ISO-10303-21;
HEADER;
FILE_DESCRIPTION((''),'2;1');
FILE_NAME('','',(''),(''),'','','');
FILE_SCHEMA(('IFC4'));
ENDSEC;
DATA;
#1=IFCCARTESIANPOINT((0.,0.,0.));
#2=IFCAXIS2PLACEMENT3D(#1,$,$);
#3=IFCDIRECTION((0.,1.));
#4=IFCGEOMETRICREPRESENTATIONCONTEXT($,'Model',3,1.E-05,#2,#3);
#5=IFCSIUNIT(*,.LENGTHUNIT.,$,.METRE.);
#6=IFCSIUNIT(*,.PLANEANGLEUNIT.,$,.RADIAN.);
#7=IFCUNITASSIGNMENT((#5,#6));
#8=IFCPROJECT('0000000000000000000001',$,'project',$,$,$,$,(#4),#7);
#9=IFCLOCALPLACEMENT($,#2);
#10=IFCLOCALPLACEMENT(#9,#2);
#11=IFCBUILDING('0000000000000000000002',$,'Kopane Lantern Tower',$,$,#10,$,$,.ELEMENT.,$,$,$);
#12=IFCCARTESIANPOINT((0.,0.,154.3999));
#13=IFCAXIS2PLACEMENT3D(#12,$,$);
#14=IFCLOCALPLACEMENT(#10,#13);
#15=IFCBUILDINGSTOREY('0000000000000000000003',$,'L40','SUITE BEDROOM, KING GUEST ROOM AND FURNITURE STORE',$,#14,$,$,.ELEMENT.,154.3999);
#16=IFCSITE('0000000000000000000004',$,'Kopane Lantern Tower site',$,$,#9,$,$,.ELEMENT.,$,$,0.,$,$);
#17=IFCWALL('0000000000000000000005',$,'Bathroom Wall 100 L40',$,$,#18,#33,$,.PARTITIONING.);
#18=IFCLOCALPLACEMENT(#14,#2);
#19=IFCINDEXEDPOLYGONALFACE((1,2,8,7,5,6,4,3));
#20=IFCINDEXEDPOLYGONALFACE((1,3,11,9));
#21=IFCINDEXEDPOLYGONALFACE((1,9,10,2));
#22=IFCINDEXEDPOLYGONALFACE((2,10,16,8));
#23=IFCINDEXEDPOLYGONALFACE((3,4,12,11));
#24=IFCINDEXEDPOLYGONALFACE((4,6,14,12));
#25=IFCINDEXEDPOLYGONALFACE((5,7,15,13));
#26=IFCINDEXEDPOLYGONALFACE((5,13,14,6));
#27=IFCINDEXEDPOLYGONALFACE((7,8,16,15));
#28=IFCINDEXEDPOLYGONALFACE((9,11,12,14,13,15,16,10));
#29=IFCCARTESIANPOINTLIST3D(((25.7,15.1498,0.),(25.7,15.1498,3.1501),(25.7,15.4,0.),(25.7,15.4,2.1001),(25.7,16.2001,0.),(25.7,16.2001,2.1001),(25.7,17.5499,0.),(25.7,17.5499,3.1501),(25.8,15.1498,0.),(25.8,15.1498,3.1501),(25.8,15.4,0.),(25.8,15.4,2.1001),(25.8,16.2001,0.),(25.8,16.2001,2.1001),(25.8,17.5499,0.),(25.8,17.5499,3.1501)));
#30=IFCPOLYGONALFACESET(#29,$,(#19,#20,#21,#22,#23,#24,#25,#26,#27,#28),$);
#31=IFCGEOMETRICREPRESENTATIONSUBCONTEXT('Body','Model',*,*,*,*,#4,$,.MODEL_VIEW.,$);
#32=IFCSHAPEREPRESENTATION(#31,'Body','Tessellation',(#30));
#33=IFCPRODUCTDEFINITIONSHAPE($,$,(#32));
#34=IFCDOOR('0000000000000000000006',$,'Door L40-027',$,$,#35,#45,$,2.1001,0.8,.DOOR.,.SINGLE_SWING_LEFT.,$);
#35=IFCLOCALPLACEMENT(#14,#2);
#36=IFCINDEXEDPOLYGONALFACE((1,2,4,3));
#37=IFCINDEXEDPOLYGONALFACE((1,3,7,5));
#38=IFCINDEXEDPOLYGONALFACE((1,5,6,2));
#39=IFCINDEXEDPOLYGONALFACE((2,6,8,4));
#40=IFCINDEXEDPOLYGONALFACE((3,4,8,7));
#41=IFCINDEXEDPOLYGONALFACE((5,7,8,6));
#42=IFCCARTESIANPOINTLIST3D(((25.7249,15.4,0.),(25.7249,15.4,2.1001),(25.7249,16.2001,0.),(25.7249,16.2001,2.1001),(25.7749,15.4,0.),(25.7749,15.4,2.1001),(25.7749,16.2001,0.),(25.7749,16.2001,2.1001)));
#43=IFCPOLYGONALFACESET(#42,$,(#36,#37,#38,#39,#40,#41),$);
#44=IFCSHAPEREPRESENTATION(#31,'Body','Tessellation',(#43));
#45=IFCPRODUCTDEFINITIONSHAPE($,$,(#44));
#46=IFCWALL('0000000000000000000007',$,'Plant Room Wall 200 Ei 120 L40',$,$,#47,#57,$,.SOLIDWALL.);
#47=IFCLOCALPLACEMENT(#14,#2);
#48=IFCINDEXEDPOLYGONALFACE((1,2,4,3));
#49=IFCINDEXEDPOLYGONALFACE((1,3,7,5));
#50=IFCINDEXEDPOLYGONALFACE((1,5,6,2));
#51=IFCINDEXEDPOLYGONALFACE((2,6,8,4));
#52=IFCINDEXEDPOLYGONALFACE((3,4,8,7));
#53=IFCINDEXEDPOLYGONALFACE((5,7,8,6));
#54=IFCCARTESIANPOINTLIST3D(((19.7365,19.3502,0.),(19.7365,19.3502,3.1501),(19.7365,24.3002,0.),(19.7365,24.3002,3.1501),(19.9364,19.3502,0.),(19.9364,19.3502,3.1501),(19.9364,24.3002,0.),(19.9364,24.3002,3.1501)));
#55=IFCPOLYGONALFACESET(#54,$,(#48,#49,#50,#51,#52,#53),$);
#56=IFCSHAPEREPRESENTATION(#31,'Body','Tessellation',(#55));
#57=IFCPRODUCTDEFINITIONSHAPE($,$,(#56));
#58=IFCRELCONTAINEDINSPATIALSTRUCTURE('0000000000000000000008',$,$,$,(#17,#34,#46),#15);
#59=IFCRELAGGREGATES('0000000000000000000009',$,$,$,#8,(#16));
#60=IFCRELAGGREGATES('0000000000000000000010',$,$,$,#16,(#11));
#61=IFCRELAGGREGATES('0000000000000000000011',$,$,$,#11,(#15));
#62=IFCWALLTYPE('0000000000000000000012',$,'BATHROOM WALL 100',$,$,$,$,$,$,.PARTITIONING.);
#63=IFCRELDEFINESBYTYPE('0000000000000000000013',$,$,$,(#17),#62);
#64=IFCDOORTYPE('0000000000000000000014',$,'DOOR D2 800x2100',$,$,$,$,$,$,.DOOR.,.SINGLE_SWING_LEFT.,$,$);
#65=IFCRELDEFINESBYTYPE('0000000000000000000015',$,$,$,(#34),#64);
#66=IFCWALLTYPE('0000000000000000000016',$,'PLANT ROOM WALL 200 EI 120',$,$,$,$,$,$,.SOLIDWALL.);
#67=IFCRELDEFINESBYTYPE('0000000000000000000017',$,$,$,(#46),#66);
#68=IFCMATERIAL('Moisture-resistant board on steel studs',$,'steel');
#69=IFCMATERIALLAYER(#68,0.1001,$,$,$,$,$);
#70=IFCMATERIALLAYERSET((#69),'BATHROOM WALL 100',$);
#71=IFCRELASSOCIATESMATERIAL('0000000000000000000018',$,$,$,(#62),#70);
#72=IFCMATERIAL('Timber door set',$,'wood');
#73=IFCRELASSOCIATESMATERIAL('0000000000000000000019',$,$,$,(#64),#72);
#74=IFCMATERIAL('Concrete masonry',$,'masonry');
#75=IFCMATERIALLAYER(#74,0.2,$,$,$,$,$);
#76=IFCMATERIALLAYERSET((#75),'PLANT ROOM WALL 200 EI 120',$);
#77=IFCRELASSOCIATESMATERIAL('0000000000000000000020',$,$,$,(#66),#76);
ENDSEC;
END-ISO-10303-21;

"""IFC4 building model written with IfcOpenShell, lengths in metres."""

from ifc_helpers import new_model, si_unit, direction, frame, frame_2d, origin, place, context, subcontext, project, spatial, rectangle, extrude, material, layer, layer_set, type_object, element, fill, save


model = new_model("IFC4")

# Units and contexts
model_context = context("Model", 3, precision=1e-05, world=origin(), true_north=direction((0.0, 1.0)))
body_context = subcontext(model_context, "Body", "Model", "MODEL_VIEW")
ifc_project = project(units=[si_unit("LENGTHUNIT", "METRE"), si_unit("PLANEANGLEUNIT", "RADIAN")], contexts=[model_context])

# Site, building, storey
site_placement = place(None, origin())
site = spatial("IfcSite", under=ifc_project, at=site_placement, Name="Kopane Lantern Tower site", CompositionType="ELEMENT", RefElevation=0.0)
building_placement = place(site_placement, origin())
building = spatial("IfcBuilding", under=site, at=building_placement, Name="Kopane Lantern Tower", CompositionType="ELEMENT")
storey_placement = place(building_placement, frame((0.0, 0.0, 154.3999)))
storey = spatial("IfcBuildingStorey", under=building, at=storey_placement, Name="L40", Description="SUITE BEDROOM, KING GUEST ROOM AND FURNITURE STORE", CompositionType="ELEMENT", Elevation=154.3999)

# Wall, opening, door
ifc_material_1 = material(Name="Moisture-resistant board on steel studs", Category="steel")
ifc_layer_1 = layer(ifc_material_1, 0.1001)
ifc_layer_set_1 = layer_set([ifc_layer_1], Name="BATHROOM WALL 100")
wall_type_1 = type_object("IfcWallType", Name="BATHROOM WALL 100", PredefinedType="PARTITIONING", material=ifc_layer_set_1)
ifc_material_2 = material(Name="Timber door set", Category="wood")
door_type_1 = type_object("IfcDoorType", Name="DOOR D2 800x2100", OperationType="SINGLE_SWING_LEFT", PredefinedType="DOOR", material=ifc_material_2)
wall_1_placement = place(storey_placement, frame((25.75, 17.55, 0.0), z_axis=(0.0, 0.0, 1.0), x_axis=(0.0, -1.0, 0.0)))
wall_1 = element("IfcWall", 1, at=wall_1_placement, inside=storey, type_object=wall_type_1, Name="Bathroom Wall 100 L40", PredefinedType="PARTITIONING", context=body_context, shape_type="SweptSolid", body=[
    extrude(rectangle(XDim=2.4001, YDim=0.1001, at=frame_2d((1.2002, 0.0))), origin(), (0.0, 0.0, 1.0), 3.1501),
])
opening_1_placement = place(wall_1_placement, frame((1.3501, 0.0, 0.0)))
opening_1 = element("IfcOpeningElement", 2, at=opening_1_placement, cuts=wall_1, PredefinedType="OPENING", context=body_context, shape_type="SweptSolid", body=[
    extrude(rectangle(XDim=0.8, YDim=2.1001, at=frame_2d((0.3999, 1.05))), frame((0.0, 0.0601, 0.0), z_axis=(0.0, -1.0, 0.0), x_axis=(1.0, 0.0, 0.0)), (0.0, 0.0, 1.0), 0.1201),
])
door_1_placement = place(opening_1_placement, origin())
door_1 = element("IfcDoor", 3, at=door_1_placement, inside=storey, type_object=door_type_1, Name="Door L40-027", OperationType="SINGLE_SWING_LEFT", OverallHeight=2.1001, OverallWidth=0.8, PredefinedType="DOOR", context=body_context, shape_type="SweptSolid", body=[
    extrude(rectangle(XDim=0.8, YDim=2.1001, at=frame_2d((0.3999, 1.05))), frame((0.0, 0.0249, 0.0), z_axis=(0.0, -1.0, 0.0), x_axis=(1.0, 0.0, 0.0)), (0.0, 0.0, 1.0), 0.05),
])
fill(opening_1, door_1)

# Wall
ifc_material_3 = material(Name="Concrete masonry", Category="masonry")
ifc_layer_2 = layer(ifc_material_3, 0.2)
ifc_layer_set_2 = layer_set([ifc_layer_2], Name="PLANT ROOM WALL 200 EI 120")
wall_type_2 = type_object("IfcWallType", Name="PLANT ROOM WALL 200 EI 120", PredefinedType="SOLIDWALL", material=ifc_layer_set_2)
wall_2_placement = place(storey_placement, frame((19.8364, 19.3501, 0.0), z_axis=(0.0, 0.0, 1.0), x_axis=(0.0, 1.0, 0.0)))
element("IfcWall", 4, at=wall_2_placement, inside=storey, type_object=wall_type_2, Name="Plant Room Wall 200 Ei 120 L40", PredefinedType="SOLIDWALL", context=body_context, shape_type="SweptSolid", body=[
    extrude(rectangle(XDim=4.95, YDim=0.2, at=frame_2d((2.4751, 0.0))), origin(), (0.0, 0.0, 1.0), 3.1501),
])

save(model, "model.ifc")
